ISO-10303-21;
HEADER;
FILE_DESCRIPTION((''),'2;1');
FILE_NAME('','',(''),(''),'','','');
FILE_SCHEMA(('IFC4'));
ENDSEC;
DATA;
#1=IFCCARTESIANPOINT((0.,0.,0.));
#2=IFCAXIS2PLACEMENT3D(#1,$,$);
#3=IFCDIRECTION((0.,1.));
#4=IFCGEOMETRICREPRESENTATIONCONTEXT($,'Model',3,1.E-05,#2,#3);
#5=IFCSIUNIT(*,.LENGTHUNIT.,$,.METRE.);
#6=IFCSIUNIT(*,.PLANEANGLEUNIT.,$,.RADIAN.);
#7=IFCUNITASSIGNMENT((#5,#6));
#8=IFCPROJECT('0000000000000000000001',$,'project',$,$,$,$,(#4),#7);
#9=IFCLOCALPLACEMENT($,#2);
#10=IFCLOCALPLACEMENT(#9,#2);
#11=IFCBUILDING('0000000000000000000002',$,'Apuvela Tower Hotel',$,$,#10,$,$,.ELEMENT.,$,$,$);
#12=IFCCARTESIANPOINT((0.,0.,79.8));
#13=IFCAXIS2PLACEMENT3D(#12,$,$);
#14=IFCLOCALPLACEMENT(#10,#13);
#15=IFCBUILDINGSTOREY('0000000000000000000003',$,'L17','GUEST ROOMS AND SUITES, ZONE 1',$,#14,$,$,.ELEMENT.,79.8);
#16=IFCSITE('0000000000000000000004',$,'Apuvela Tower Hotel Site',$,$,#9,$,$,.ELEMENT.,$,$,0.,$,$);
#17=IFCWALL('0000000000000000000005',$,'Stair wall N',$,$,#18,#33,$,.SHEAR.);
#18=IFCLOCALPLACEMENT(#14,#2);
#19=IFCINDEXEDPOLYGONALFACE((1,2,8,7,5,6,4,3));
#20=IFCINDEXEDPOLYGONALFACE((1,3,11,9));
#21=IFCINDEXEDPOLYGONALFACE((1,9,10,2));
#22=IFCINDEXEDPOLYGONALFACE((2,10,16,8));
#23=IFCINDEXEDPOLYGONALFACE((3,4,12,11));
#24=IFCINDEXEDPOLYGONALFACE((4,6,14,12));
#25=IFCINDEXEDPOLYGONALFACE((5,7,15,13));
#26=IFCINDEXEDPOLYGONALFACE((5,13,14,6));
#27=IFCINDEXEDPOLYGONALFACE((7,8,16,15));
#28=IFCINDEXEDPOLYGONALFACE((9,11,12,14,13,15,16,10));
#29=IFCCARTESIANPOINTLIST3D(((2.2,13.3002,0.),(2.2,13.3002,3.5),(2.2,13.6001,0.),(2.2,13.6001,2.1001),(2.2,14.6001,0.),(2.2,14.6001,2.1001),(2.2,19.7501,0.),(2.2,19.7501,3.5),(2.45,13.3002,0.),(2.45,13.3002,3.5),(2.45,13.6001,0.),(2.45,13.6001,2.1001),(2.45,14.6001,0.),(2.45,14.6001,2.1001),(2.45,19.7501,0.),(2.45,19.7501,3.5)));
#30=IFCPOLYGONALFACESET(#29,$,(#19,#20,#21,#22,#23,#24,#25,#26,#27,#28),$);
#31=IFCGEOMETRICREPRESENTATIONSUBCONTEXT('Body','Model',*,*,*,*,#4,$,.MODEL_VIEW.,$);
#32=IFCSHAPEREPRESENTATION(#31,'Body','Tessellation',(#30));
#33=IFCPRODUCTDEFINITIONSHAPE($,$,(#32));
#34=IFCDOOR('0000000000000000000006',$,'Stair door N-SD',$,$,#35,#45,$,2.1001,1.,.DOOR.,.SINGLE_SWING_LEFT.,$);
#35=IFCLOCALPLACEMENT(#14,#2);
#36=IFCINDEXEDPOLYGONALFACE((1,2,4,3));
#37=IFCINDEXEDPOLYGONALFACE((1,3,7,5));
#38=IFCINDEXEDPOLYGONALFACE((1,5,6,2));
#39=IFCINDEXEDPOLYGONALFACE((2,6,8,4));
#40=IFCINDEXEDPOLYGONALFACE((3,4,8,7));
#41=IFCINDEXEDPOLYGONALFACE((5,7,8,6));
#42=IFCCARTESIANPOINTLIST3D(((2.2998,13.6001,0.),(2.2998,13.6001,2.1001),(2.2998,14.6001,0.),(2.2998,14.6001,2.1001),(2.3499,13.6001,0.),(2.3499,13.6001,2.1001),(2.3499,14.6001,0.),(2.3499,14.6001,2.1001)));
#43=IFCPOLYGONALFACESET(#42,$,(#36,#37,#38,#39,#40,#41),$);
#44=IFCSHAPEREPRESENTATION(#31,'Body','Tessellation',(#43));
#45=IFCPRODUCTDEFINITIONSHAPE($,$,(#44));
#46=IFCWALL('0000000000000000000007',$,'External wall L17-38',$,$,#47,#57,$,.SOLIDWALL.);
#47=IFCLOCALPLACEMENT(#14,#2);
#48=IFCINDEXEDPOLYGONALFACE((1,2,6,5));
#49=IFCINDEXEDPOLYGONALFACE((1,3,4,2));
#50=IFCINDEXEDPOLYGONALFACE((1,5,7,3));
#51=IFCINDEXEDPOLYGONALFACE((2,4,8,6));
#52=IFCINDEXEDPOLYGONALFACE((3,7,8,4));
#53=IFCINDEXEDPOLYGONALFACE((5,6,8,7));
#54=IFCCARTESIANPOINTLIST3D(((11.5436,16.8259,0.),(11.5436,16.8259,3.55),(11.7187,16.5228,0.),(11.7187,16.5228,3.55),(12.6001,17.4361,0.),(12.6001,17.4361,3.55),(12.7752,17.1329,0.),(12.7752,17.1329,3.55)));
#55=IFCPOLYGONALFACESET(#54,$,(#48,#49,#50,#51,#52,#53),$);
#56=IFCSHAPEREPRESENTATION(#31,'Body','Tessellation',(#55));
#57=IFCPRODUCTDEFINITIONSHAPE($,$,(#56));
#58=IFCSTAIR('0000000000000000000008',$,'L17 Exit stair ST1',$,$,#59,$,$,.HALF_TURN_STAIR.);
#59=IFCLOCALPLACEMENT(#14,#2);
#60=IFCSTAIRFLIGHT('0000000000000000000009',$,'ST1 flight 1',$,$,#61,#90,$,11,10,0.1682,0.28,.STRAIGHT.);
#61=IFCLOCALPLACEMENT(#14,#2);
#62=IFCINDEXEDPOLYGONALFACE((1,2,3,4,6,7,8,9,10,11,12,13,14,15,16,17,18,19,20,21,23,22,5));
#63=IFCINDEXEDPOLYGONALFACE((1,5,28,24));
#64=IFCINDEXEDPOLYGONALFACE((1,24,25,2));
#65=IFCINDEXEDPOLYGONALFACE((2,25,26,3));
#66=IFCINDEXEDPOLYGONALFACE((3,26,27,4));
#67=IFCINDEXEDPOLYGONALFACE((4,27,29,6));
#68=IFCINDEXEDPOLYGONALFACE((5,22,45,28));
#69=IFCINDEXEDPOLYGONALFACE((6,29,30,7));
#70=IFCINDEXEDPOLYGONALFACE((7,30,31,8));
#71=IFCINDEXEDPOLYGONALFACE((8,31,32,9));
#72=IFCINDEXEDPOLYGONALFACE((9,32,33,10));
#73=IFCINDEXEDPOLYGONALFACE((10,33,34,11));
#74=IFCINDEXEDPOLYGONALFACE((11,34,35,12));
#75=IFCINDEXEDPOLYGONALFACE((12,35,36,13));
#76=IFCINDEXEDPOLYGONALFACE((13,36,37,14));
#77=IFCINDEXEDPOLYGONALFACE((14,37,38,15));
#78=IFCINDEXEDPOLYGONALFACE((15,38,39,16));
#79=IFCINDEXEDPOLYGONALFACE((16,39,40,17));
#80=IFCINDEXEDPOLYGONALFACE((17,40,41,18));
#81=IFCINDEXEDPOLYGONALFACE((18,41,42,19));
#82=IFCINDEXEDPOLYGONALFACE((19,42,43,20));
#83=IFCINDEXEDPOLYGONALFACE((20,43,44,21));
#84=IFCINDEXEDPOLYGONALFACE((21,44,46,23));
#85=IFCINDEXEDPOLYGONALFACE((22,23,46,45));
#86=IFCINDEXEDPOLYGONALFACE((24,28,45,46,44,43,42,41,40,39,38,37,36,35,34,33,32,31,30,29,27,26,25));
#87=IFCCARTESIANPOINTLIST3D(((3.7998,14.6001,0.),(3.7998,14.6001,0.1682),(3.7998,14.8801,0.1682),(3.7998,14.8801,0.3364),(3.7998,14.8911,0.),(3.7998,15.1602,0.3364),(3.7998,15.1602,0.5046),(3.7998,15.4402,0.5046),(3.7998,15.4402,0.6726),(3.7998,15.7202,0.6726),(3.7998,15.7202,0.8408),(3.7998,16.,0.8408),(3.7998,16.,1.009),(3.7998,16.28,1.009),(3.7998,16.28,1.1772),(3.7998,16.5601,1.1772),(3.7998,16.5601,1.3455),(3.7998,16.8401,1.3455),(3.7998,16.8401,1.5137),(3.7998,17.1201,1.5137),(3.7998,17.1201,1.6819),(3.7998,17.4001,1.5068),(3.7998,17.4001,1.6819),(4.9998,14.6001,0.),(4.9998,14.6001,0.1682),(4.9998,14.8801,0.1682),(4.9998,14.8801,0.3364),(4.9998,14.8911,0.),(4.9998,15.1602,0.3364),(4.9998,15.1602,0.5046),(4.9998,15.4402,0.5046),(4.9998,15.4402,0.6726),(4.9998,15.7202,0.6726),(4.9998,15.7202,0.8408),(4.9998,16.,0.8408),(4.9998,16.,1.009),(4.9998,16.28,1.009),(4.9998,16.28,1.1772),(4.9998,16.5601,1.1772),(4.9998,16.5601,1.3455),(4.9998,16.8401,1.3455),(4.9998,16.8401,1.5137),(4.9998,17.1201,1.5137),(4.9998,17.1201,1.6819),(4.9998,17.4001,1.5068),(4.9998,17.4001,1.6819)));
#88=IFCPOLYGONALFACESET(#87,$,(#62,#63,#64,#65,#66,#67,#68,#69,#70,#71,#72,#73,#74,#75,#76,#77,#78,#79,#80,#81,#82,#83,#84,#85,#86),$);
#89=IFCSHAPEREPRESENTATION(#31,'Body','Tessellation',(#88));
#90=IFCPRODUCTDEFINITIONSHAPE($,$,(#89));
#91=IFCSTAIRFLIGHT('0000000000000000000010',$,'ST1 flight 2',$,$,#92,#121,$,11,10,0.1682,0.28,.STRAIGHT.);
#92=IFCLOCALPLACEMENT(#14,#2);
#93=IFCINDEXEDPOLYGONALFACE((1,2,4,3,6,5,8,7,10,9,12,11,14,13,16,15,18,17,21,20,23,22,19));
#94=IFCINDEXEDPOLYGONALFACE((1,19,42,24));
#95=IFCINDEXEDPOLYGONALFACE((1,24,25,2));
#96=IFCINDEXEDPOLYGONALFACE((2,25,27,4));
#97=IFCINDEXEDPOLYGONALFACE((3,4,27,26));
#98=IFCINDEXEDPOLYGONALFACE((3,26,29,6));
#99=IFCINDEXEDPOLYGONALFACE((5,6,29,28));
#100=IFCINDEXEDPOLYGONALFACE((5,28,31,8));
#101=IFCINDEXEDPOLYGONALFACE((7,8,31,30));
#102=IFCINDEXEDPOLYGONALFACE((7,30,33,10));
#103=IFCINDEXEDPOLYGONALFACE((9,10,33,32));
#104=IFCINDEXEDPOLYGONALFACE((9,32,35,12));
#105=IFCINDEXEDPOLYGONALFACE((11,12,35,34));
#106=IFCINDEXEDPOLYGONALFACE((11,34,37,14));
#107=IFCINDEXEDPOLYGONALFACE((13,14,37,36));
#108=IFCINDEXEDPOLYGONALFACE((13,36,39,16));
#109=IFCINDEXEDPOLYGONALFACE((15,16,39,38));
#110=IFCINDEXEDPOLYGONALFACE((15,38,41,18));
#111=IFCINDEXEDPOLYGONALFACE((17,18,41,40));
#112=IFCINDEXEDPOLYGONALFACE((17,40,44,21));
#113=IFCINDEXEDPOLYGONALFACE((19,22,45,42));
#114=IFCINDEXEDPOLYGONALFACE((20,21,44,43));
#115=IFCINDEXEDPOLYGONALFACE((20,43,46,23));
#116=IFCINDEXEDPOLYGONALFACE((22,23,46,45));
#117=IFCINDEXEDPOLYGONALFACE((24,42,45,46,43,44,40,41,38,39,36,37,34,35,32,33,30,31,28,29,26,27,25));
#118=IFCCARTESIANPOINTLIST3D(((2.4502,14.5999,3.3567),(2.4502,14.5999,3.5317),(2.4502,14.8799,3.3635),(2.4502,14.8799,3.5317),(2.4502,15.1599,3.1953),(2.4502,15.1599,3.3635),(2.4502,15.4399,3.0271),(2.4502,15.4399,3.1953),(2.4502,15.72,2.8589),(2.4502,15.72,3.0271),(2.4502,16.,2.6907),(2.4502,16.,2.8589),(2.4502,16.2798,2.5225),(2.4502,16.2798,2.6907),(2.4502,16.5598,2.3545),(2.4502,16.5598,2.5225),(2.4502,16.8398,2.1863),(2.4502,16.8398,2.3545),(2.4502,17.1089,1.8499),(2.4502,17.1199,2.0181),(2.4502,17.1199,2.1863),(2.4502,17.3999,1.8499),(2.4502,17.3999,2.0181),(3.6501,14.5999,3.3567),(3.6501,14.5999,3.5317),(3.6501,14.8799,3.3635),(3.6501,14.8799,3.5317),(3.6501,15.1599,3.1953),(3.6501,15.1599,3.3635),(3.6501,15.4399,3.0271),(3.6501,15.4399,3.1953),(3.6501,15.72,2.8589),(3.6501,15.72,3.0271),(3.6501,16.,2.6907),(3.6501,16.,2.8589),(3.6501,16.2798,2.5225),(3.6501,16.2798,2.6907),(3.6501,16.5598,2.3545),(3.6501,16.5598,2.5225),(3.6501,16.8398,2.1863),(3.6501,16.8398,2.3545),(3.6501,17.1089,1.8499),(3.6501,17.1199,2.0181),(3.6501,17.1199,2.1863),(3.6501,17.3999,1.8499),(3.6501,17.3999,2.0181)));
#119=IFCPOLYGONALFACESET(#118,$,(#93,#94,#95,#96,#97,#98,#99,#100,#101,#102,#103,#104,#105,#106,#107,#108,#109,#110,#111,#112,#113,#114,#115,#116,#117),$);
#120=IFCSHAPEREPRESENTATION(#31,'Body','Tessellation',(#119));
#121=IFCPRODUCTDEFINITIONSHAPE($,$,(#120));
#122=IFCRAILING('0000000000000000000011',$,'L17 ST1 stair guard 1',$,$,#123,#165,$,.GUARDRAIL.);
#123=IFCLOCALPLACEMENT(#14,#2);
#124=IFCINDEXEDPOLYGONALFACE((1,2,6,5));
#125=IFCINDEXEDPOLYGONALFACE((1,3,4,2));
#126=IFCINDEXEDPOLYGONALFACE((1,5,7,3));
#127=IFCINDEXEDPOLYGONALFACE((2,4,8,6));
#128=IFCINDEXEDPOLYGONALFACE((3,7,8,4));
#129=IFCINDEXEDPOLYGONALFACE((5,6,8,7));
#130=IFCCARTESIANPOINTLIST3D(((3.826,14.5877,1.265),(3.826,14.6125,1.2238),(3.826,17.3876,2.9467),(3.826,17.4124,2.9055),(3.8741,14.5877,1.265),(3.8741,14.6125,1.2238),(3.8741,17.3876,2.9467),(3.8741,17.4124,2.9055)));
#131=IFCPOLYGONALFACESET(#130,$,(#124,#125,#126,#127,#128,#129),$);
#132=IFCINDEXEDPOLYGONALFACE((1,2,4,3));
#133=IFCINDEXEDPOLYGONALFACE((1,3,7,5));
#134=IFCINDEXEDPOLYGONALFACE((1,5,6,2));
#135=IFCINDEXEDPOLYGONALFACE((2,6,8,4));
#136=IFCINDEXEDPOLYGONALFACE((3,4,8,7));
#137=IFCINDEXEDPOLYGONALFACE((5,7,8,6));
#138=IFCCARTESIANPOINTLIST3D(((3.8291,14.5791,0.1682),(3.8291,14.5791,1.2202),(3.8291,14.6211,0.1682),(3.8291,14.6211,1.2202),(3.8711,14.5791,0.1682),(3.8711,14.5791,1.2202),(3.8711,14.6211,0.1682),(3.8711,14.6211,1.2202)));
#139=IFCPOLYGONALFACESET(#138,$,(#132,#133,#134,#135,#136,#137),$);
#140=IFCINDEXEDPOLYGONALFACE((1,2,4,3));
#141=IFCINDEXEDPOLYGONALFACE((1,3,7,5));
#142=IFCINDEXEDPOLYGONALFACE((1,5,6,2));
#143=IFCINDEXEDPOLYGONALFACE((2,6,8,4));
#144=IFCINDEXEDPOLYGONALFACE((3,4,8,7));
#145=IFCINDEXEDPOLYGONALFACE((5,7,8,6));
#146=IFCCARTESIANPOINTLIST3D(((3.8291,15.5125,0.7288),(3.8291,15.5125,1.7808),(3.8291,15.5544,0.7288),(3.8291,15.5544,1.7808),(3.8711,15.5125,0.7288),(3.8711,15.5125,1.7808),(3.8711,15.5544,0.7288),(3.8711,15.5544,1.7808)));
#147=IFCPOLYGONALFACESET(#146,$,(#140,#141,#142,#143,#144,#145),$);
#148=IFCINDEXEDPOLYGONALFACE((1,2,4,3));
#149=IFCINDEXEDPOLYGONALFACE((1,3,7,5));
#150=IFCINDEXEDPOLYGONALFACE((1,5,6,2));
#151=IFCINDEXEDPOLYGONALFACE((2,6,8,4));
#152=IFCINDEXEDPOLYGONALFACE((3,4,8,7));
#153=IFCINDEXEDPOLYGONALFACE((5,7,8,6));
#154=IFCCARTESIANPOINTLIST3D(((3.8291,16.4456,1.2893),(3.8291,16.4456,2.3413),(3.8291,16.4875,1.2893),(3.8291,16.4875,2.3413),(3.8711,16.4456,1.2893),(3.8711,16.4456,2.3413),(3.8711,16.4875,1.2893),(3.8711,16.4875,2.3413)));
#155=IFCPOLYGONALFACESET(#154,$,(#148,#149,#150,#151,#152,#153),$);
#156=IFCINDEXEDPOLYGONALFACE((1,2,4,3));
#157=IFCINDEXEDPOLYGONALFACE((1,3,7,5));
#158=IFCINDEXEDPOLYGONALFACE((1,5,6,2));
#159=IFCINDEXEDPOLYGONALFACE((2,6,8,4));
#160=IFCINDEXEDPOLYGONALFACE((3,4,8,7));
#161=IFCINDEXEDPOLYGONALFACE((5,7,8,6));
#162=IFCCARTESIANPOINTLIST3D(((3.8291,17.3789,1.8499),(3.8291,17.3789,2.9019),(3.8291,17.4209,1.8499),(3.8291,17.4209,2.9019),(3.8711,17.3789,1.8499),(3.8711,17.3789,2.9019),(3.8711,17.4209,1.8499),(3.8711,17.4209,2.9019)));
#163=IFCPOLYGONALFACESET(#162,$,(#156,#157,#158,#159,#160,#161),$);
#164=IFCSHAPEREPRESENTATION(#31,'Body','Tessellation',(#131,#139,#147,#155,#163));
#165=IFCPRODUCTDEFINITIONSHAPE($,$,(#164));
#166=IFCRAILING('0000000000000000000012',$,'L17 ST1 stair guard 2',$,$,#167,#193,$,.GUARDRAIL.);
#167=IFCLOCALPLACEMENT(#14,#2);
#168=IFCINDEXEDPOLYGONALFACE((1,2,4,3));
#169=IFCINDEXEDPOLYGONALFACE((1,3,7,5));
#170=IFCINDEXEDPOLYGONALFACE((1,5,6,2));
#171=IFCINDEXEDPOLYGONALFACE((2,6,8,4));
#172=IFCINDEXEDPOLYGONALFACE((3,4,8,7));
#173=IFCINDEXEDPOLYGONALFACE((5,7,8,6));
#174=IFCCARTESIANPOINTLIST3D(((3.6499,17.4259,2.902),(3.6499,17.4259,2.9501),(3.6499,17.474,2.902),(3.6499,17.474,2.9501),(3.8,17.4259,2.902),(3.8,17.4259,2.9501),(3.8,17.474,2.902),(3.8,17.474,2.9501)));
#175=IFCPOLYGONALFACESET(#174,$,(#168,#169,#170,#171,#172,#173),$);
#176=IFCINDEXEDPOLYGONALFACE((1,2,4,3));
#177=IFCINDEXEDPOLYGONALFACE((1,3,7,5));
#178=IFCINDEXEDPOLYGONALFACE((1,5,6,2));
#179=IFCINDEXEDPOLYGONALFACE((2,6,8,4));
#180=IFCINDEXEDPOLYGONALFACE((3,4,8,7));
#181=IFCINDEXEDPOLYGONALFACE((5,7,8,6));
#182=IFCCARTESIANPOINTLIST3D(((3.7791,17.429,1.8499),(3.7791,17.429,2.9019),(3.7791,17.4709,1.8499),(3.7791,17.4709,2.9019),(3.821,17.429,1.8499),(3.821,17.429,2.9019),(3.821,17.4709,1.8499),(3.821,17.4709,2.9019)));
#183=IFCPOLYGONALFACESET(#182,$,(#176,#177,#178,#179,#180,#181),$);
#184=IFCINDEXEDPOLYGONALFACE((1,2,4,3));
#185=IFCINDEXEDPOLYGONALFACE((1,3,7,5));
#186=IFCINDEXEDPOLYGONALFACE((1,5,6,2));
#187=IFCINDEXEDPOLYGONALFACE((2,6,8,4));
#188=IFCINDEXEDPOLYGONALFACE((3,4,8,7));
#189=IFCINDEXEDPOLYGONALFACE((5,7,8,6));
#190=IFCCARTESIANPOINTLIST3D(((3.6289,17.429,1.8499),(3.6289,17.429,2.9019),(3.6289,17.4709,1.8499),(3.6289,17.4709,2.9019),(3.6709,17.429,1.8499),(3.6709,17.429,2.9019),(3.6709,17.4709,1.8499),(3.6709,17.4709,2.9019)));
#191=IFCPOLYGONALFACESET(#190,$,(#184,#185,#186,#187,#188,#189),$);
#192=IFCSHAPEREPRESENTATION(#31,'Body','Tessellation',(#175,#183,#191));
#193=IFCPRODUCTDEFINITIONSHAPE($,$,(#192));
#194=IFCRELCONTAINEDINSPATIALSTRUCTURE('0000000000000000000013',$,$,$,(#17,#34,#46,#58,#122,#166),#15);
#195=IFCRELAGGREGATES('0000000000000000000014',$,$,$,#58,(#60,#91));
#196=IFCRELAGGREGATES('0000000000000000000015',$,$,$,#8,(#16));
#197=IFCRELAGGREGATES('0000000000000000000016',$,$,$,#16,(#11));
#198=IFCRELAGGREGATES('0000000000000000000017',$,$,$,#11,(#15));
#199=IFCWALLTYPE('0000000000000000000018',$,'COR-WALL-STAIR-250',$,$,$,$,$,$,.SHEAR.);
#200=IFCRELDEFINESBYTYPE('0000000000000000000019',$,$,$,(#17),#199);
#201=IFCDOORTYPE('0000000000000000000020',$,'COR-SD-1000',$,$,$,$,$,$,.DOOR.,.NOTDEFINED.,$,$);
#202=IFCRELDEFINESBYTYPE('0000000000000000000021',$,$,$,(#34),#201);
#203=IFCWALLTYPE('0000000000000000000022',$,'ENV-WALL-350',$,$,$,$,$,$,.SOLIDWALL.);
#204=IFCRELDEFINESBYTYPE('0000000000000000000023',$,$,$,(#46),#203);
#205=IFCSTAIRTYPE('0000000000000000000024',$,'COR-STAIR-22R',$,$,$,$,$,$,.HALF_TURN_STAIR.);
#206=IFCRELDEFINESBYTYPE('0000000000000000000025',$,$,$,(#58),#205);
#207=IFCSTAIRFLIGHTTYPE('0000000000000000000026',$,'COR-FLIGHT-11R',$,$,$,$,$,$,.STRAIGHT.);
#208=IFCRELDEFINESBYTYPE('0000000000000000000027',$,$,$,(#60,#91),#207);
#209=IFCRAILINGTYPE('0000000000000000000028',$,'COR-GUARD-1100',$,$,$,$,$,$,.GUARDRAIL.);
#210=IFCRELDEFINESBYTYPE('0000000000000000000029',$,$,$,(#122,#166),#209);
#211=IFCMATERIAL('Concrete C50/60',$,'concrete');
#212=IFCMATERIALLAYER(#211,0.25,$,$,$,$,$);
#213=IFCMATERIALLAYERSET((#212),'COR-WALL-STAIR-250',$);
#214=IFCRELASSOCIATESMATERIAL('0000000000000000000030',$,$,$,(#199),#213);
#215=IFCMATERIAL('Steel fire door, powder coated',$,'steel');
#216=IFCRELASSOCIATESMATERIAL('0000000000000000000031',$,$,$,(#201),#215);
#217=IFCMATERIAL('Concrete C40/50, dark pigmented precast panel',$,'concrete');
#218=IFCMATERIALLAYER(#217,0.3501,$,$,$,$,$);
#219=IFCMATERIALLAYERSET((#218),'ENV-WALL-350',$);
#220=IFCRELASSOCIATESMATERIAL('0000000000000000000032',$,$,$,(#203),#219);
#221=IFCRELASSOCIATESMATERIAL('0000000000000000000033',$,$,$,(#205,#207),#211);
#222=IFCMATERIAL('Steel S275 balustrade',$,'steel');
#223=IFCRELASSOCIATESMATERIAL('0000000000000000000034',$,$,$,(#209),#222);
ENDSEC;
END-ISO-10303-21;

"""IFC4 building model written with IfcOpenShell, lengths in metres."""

from ifc_helpers import new_model, si_unit, direction, frame, frame_2d, origin, origin_2d, place, context, subcontext, project, spatial, polyline, rectangle, outline, extrude, material, layer, layer_set, type_object, element, fill, aggregate, save


model = new_model("IFC4")

# Units and contexts
model_context = context("Model", 3, precision=1e-05, world=origin(), true_north=direction((0.0, 1.0)))
body_context = subcontext(model_context, "Body", "Model", "MODEL_VIEW")
ifc_project = project(units=[si_unit("LENGTHUNIT", "METRE"), si_unit("PLANEANGLEUNIT", "RADIAN")], contexts=[model_context])

# Site, building, storey
site_placement = place(None, origin())
site = spatial("IfcSite", under=ifc_project, at=site_placement, Name="Apuvela Tower Hotel Site", CompositionType="ELEMENT", RefElevation=0.0)
building_placement = place(site_placement, origin())
building = spatial("IfcBuilding", under=site, at=building_placement, Name="Apuvela Tower Hotel", CompositionType="ELEMENT")
storey_placement = place(building_placement, frame((0.0, 0.0, 79.8)))
storey = spatial("IfcBuildingStorey", under=building, at=storey_placement, Name="L17", Description="GUEST ROOMS AND SUITES, ZONE 1", CompositionType="ELEMENT", Elevation=79.8)

# Shared definitions
ifc_material_1 = material(Name="Concrete C50/60", Category="concrete")
ifc_material_2 = material(Name="Steel fire door, powder coated", Category="steel")

# Wall, opening, door
ifc_layer_1 = layer(ifc_material_1, 0.25)
ifc_layer_set_1 = layer_set([ifc_layer_1], Name="COR-WALL-STAIR-250")
wall_type_1 = type_object("IfcWallType", Name="COR-WALL-STAIR-250", PredefinedType="SHEAR", material=ifc_layer_set_1)
wall_1_placement = place(storey_placement, frame((2.325, 13.3, 0.0), z_axis=(0.0, 0.0, 1.0), x_axis=(0.0, 1.0, 0.0)))
wall_1 = element("IfcWall", 1, at=wall_1_placement, inside=storey, type_object=wall_type_1, Name="Stair wall N", PredefinedType="SHEAR", context=body_context, shape_type="SweptSolid", body=[
    extrude(rectangle(XDim=6.45, YDim=0.25, at=frame_2d((3.2251, 0.0))), origin(), (0.0, 0.0, 1.0), 3.5),
])
opening_1_placement = place(wall_1_placement, frame((0.3, 0.0, 0.0)))
opening_1 = element("IfcOpeningElement", 2, at=opening_1_placement, cuts=wall_1, PredefinedType="OPENING", context=body_context, shape_type="SweptSolid", body=[
    extrude(rectangle(XDim=1.0, YDim=2.1001, at=frame_2d((0.5, 1.05))), frame((0.0, 0.135, 0.0), z_axis=(0.0, -1.0, 0.0), x_axis=(1.0, 0.0, 0.0)), (0.0, 0.0, 1.0), 0.27),
])
door_type_1 = type_object("IfcDoorType", Name="COR-SD-1000", OperationType="NOTDEFINED", PredefinedType="DOOR", material=ifc_material_2)
door_1_placement = place(opening_1_placement, frame((1.0, 0.0, 0.0), z_axis=(0.0, 0.0, 1.0), x_axis=(-1.0, 0.0, 0.0)))
door_1 = element("IfcDoor", 3, at=door_1_placement, inside=storey, type_object=door_type_1, Name="Stair door N-SD", OperationType="SINGLE_SWING_LEFT", OverallHeight=2.1001, OverallWidth=1.0, PredefinedType="DOOR", context=body_context, shape_type="SweptSolid", body=[
    extrude(rectangle(XDim=1.0, YDim=2.1001, at=frame_2d((0.5, 1.05))), frame((0.0, 0.0249, 0.0), z_axis=(0.0, -1.0, 0.0), x_axis=(1.0, 0.0, 0.0)), (0.0, 0.0, 1.0), 0.05),
])
fill(opening_1, door_1)

# Wall
ifc_material_3 = material(Name="Concrete C40/50, dark pigmented precast panel", Category="concrete")
ifc_layer_2 = layer(ifc_material_3, 0.3501)
ifc_layer_set_2 = layer_set([ifc_layer_2], Name="ENV-WALL-350")
wall_type_2 = type_object("IfcWallType", Name="ENV-WALL-350", PredefinedType="SOLIDWALL", material=ifc_layer_set_2)
wall_2_placement = place(storey_placement, frame((12.6875, 17.2844, 0.0), z_axis=(0.0, 0.0, 1.0), x_axis=(-0.865956, -0.500121, 0.0)))
element("IfcWall", 4, at=wall_2_placement, inside=storey, type_object=wall_type_2, Name="External wall L17-38", PredefinedType="SOLIDWALL", context=body_context, shape_type="SweptSolid", body=[
    extrude(rectangle(XDim=1.22, YDim=0.3501, at=frame_2d((0.6099, 0.0))), origin(), (0.0, 0.0, 1.0), 3.55),
])

# Stair, stair flights
stair_type = type_object("IfcStairType", Name="COR-STAIR-22R", PredefinedType="HALF_TURN_STAIR", material=ifc_material_1)
stair_placement = place(storey_placement, origin())
stair = element("IfcStair", 5, at=stair_placement, inside=storey, type_object=stair_type, Name="L17 Exit stair ST1", PredefinedType="HALF_TURN_STAIR")
stair_flight_type = type_object("IfcStairFlightType", Name="COR-FLIGHT-11R", PredefinedType="STRAIGHT", material=ifc_material_1)
stair_flight_1_placement = place(storey_placement, frame((4.3999, 14.6001, 0.0), z_axis=(0.0, 0.0, 1.0), x_axis=(0.0, 1.0, 0.0)))
stair_flight_1 = element("IfcStairFlight", 6, at=stair_flight_1_placement, type_object=stair_flight_type, Name="ST1 flight 1", NumberOfRisers=11, NumberOfTreads=10, PredefinedType="STRAIGHT", RiserHeight=0.1682, TreadLength=0.28, context=body_context, shape_type="SweptSolid", body=[
    extrude(outline(polyline([(0.0, 0.0), (0.0, 0.1682), (0.28, 0.1682), (0.28, 0.3364), (0.5601, 0.3364), (0.5601, 0.5046), (0.8401, 0.5046), (0.8401, 0.6726), (1.1201, 0.6726), (1.1201, 0.8408), (1.3999, 0.8408), (1.3999, 1.009), (1.6799, 1.009), (1.6799, 1.1772), (1.96, 1.1772), (1.96, 1.3455), (2.24, 1.3455), (2.24, 1.5137), (2.52, 1.5137), (2.52, 1.6819), (2.8, 1.6819), (2.8, 1.8501), (2.8, 1.5068), (0.291, 0.0), (0.0, 0.0)])), frame((0.0, 0.6001, 0.0), z_axis=(0.0, -1.0, 0.0), x_axis=(1.0, 0.0, 0.0)), (0.0, 0.0, 1.0), 1.2),
])
stair_flight_2_placement = place(storey_placement, frame((3.05, 17.3999, 1.8499), z_axis=(0.0, 0.0, 1.0), x_axis=(0.0, -1.0, 0.0)))
stair_flight_2 = element("IfcStairFlight", 7, at=stair_flight_2_placement, type_object=stair_flight_type, Name="ST1 flight 2", NumberOfRisers=11, NumberOfTreads=10, PredefinedType="STRAIGHT", RiserHeight=0.1682, TreadLength=0.28, context=body_context, shape_type="SweptSolid", body=[
    extrude(outline(polyline([(0.0, 0.0), (0.0, 0.1682), (0.28, 0.1682), (0.28, 0.3364), (0.5601, 0.3364), (0.5601, 0.5046), (0.8401, 0.5046), (0.8401, 0.6726), (1.1201, 0.6726), (1.1201, 0.8408), (1.3999, 0.8408), (1.3999, 1.009), (1.6799, 1.009), (1.6799, 1.1772), (1.96, 1.1772), (1.96, 1.3455), (2.24, 1.3455), (2.24, 1.5137), (2.52, 1.5137), (2.52, 1.6819), (2.8, 1.6819), (2.8, 1.8501), (2.8, 1.5068), (0.291, 0.0), (0.0, 0.0)])), frame((0.0, 0.6001, 0.0), z_axis=(0.0, -1.0, 0.0), x_axis=(1.0, 0.0, 0.0)), (0.0, 0.0, 1.0), 1.2),
])
aggregate(stair, [stair_flight_1, stair_flight_2])

# Railings
ifc_material_4 = material(Name="Steel S275 balustrade", Category="steel")
railing_type_1 = type_object("IfcRailingType", Name="COR-GUARD-1100", PredefinedType="GUARDRAIL", material=ifc_material_4)
railing_1_placement = place(storey_placement, frame((3.8501, 14.6001, 0.1682)))
element("IfcRailing", 8, at=railing_1_placement, inside=storey, type_object=railing_type_1, Name="L17 ST1 stair guard 1", PredefinedType="GUARDRAIL", context=body_context, shape_type="SweptSolid", body=[
    extrude(rectangle(XDim=0.0481, YDim=0.0481, at=origin_2d()), frame((0.0, 0.0, 1.0762), z_axis=(0.0, 0.857255, 0.514891), x_axis=(-1.0, 0.0, 0.0)), (0.0, 0.0, 1.0), 3.2661),
    extrude(rectangle(XDim=0.042, YDim=0.042, at=origin_2d()), origin(), (0.0, 0.0, 1.0), 1.052),
    extrude(rectangle(XDim=0.042, YDim=0.042, at=origin_2d()), frame((0.0, 0.9333, 0.5605)), (0.0, 0.0, 1.0), 1.052),
    extrude(rectangle(XDim=0.042, YDim=0.042, at=origin_2d()), frame((0.0, 1.8665, 1.1211)), (0.0, 0.0, 1.0), 1.052),
    extrude(rectangle(XDim=0.042, YDim=0.042, at=origin_2d()), frame((0.0, 2.7998, 1.6816)), (0.0, 0.0, 1.0), 1.052),
])
railing_2_placement = place(storey_placement, frame((3.8, 17.45, 1.8499)))
element("IfcRailing", 9, at=railing_2_placement, inside=storey, type_object=railing_type_1, Name="L17 ST1 stair guard 2", PredefinedType="GUARDRAIL", context=body_context, shape_type="SweptSolid", body=[
    extrude(rectangle(XDim=0.0481, YDim=0.0481, at=origin_2d()), frame((0.0, 0.0, 1.0762), z_axis=(-1.0, 0.0, 0.0), x_axis=(0.0, -1.0, 0.0)), (0.0, 0.0, 1.0), 0.1501),
    extrude(rectangle(XDim=0.042, YDim=0.042, at=origin_2d()), origin(), (0.0, 0.0, 1.0), 1.052),
    extrude(rectangle(XDim=0.042, YDim=0.042, at=origin_2d()), frame((-0.1501, 0.0, 0.0)), (0.0, 0.0, 1.0), 1.052),
])

save(model, "model.ifc")
